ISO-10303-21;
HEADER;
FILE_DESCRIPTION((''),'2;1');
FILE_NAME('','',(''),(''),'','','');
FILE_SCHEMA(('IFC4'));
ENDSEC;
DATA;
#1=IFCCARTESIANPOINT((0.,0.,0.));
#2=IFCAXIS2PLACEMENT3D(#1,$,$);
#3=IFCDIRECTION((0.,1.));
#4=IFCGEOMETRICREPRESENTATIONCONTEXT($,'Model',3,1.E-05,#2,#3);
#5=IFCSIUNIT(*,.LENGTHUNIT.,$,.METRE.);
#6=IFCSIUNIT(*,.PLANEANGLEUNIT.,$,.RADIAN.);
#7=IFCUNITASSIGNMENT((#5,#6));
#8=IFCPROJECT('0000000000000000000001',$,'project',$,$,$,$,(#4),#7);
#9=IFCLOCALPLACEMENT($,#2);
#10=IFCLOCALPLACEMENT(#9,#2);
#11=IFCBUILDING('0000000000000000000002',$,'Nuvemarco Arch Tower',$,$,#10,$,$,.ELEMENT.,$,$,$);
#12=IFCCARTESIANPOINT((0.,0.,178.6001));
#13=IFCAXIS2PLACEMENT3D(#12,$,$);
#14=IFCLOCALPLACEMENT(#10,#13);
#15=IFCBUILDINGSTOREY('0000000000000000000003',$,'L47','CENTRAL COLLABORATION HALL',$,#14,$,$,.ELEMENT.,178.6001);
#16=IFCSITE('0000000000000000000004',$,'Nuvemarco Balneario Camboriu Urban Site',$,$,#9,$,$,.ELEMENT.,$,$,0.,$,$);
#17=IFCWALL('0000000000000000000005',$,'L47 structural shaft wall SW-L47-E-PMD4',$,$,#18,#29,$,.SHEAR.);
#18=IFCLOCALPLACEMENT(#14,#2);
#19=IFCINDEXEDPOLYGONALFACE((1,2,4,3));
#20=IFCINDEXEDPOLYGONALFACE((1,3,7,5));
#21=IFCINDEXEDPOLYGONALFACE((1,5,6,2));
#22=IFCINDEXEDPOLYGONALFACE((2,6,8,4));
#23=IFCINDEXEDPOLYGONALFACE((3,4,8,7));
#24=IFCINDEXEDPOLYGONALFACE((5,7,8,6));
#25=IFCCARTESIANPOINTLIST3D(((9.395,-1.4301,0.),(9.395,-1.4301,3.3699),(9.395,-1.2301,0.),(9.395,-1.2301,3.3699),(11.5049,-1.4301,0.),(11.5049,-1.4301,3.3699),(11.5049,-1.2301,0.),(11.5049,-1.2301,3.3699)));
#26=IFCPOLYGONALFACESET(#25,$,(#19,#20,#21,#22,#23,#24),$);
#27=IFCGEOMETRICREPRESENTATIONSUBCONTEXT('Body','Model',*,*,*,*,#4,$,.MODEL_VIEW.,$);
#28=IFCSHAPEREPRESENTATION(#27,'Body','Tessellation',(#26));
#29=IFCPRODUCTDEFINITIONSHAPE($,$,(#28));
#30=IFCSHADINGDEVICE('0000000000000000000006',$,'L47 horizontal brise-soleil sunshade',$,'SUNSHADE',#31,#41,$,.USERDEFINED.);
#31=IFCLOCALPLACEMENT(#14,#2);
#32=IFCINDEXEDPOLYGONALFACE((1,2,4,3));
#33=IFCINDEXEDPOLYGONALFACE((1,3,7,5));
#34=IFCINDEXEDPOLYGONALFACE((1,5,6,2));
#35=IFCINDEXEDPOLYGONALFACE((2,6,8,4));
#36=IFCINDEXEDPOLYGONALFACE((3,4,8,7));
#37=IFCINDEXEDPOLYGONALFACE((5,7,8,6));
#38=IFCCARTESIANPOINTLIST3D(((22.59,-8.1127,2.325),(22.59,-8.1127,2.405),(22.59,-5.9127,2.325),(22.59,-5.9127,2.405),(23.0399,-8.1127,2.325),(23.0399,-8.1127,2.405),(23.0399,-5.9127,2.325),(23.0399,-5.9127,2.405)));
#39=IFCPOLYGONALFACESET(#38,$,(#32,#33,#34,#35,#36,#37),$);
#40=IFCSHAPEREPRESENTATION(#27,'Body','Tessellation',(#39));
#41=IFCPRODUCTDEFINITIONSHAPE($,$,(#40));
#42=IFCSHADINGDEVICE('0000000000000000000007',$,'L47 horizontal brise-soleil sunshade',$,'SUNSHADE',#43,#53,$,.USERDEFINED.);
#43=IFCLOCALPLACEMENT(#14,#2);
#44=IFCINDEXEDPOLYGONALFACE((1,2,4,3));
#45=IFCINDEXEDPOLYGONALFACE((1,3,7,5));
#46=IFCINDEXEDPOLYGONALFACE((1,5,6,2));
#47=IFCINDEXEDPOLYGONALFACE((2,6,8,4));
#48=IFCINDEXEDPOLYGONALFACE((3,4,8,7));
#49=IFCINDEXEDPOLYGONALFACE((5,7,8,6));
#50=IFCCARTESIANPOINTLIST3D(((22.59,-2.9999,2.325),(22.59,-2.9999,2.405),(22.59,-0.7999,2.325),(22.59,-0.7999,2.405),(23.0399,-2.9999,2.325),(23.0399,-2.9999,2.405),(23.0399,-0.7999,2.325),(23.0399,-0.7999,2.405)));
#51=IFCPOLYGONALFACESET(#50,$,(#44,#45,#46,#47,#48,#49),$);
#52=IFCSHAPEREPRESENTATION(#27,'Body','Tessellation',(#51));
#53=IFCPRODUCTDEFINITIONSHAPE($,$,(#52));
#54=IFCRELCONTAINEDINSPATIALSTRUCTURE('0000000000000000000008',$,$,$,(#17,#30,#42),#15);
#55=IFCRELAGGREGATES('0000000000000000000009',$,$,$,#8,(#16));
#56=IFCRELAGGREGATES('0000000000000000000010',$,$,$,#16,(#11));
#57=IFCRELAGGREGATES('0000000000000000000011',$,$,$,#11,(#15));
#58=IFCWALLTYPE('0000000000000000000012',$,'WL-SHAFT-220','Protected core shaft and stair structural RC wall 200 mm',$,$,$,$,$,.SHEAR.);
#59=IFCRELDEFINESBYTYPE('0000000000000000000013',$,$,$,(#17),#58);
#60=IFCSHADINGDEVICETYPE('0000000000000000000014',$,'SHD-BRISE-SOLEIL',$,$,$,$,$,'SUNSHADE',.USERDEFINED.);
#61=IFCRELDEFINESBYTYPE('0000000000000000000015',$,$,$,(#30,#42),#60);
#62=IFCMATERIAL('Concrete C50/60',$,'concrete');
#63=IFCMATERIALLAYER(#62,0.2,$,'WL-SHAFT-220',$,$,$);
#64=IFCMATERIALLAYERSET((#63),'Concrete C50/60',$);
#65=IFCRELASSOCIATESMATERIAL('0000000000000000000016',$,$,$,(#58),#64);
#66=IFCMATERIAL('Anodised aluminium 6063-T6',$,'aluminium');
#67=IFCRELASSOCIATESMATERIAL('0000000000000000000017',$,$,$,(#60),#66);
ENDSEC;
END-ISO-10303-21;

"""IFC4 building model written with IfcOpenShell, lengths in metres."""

from ifc_helpers import new_model, si_unit, direction, frame, frame_2d, origin, origin_2d, place, context, subcontext, project, spatial, rectangle, extrude, source, transform, mapped, material, layer, layer_set, type_object, type_shapes, element, save


model = new_model("IFC4")

# Units and contexts
model_context = context("Model", 3, precision=1e-05, world=origin(), true_north=direction((0.0, 1.0)))
body_context = subcontext(model_context, "Body", "Model", "MODEL_VIEW")
ifc_project = project(units=[si_unit("LENGTHUNIT", "METRE"), si_unit("PLANEANGLEUNIT", "RADIAN")], contexts=[model_context])

# Site, building, storey
site_placement = place(None, origin())
site = spatial("IfcSite", under=ifc_project, at=site_placement, Name="Nuvemarco Balneario Camboriu Urban Site", CompositionType="ELEMENT", RefElevation=0.0)
building_placement = place(site_placement, origin())
building = spatial("IfcBuilding", under=site, at=building_placement, Name="Nuvemarco Arch Tower", CompositionType="ELEMENT")
storey_placement = place(building_placement, frame((0.0, 0.0, 178.6001)))
storey = spatial("IfcBuildingStorey", under=building, at=storey_placement, Name="L47", Description="CENTRAL COLLABORATION HALL", CompositionType="ELEMENT", Elevation=178.6001)

# Shared definitions
ifc_material_1 = material(Name="Concrete C50/60", Category="concrete")

# Shared definitions
ifc_layer_1 = layer(ifc_material_1, 0.2, Name="WL-SHAFT-220")
ifc_layer_set_1 = layer_set([ifc_layer_1], Name="Concrete C50/60")
wall_type_1 = type_object("IfcWallType", Name="WL-SHAFT-220", Description="Protected core shaft and stair structural RC wall 200 mm", PredefinedType="SHEAR", material=ifc_layer_set_1)

# Wall
wall_1_placement = place(storey_placement, frame((9.395, -1.3301, 0.0), z_axis=(0.0, 0.0, 1.0), x_axis=(1.0, 0.0, 0.0)))
element("IfcWall", 1, at=wall_1_placement, inside=storey, type_object=wall_type_1, Name="L47 structural shaft wall SW-L47-E-PMD4", PredefinedType="SHEAR", context=body_context, shape_type="SweptSolid", body=[
    extrude(rectangle(XDim=2.1099, YDim=0.2, at=frame_2d((1.0549, 0.0))), origin(), (0.0, 0.0, 1.0), 3.3699),
])

# Shading devices
ifc_material_2 = material(Name="Anodised aluminium 6063-T6", Category="aluminium")
shading_device_type = type_object("IfcShadingDeviceType", Name="SHD-BRISE-SOLEIL", ElementType="SUNSHADE", PredefinedType="USERDEFINED", material=ifc_material_2)
shared_shape_1 = source(origin(), body_context, "Body", "SweptSolid", [
    extrude(rectangle(XDim=2.2, YDim=0.45, at=origin_2d()), origin(), (0.0, 0.0, 1.0), 0.0801),
])
type_shapes(shading_device_type, [shared_shape_1])
for number, where, z_axis, x_axis, name in (
    (2, (22.8149, -7.0127, 2.325), (0.0, 0.0, 1.0), (0.0, 1.0, 0.0), "L47 horizontal brise-soleil sunshade"),
    (3, (22.8149, -1.8999, 2.325), (0.0, 0.0, 1.0), (0.0, 1.0, 0.0), "L47 horizontal brise-soleil sunshade"),
):
    element("IfcShadingDevice", number, at=place(storey_placement, frame(where, z_axis=z_axis, x_axis=x_axis)), inside=storey, type_object=shading_device_type, Name=name, ObjectType="SUNSHADE", PredefinedType="USERDEFINED", context=body_context, shape_type="MappedRepresentation", body=[
        mapped(shared_shape_1, transform((0.0, 0.0, 0.0), scale=1.0)),
    ])

save(model, "model.ifc")
